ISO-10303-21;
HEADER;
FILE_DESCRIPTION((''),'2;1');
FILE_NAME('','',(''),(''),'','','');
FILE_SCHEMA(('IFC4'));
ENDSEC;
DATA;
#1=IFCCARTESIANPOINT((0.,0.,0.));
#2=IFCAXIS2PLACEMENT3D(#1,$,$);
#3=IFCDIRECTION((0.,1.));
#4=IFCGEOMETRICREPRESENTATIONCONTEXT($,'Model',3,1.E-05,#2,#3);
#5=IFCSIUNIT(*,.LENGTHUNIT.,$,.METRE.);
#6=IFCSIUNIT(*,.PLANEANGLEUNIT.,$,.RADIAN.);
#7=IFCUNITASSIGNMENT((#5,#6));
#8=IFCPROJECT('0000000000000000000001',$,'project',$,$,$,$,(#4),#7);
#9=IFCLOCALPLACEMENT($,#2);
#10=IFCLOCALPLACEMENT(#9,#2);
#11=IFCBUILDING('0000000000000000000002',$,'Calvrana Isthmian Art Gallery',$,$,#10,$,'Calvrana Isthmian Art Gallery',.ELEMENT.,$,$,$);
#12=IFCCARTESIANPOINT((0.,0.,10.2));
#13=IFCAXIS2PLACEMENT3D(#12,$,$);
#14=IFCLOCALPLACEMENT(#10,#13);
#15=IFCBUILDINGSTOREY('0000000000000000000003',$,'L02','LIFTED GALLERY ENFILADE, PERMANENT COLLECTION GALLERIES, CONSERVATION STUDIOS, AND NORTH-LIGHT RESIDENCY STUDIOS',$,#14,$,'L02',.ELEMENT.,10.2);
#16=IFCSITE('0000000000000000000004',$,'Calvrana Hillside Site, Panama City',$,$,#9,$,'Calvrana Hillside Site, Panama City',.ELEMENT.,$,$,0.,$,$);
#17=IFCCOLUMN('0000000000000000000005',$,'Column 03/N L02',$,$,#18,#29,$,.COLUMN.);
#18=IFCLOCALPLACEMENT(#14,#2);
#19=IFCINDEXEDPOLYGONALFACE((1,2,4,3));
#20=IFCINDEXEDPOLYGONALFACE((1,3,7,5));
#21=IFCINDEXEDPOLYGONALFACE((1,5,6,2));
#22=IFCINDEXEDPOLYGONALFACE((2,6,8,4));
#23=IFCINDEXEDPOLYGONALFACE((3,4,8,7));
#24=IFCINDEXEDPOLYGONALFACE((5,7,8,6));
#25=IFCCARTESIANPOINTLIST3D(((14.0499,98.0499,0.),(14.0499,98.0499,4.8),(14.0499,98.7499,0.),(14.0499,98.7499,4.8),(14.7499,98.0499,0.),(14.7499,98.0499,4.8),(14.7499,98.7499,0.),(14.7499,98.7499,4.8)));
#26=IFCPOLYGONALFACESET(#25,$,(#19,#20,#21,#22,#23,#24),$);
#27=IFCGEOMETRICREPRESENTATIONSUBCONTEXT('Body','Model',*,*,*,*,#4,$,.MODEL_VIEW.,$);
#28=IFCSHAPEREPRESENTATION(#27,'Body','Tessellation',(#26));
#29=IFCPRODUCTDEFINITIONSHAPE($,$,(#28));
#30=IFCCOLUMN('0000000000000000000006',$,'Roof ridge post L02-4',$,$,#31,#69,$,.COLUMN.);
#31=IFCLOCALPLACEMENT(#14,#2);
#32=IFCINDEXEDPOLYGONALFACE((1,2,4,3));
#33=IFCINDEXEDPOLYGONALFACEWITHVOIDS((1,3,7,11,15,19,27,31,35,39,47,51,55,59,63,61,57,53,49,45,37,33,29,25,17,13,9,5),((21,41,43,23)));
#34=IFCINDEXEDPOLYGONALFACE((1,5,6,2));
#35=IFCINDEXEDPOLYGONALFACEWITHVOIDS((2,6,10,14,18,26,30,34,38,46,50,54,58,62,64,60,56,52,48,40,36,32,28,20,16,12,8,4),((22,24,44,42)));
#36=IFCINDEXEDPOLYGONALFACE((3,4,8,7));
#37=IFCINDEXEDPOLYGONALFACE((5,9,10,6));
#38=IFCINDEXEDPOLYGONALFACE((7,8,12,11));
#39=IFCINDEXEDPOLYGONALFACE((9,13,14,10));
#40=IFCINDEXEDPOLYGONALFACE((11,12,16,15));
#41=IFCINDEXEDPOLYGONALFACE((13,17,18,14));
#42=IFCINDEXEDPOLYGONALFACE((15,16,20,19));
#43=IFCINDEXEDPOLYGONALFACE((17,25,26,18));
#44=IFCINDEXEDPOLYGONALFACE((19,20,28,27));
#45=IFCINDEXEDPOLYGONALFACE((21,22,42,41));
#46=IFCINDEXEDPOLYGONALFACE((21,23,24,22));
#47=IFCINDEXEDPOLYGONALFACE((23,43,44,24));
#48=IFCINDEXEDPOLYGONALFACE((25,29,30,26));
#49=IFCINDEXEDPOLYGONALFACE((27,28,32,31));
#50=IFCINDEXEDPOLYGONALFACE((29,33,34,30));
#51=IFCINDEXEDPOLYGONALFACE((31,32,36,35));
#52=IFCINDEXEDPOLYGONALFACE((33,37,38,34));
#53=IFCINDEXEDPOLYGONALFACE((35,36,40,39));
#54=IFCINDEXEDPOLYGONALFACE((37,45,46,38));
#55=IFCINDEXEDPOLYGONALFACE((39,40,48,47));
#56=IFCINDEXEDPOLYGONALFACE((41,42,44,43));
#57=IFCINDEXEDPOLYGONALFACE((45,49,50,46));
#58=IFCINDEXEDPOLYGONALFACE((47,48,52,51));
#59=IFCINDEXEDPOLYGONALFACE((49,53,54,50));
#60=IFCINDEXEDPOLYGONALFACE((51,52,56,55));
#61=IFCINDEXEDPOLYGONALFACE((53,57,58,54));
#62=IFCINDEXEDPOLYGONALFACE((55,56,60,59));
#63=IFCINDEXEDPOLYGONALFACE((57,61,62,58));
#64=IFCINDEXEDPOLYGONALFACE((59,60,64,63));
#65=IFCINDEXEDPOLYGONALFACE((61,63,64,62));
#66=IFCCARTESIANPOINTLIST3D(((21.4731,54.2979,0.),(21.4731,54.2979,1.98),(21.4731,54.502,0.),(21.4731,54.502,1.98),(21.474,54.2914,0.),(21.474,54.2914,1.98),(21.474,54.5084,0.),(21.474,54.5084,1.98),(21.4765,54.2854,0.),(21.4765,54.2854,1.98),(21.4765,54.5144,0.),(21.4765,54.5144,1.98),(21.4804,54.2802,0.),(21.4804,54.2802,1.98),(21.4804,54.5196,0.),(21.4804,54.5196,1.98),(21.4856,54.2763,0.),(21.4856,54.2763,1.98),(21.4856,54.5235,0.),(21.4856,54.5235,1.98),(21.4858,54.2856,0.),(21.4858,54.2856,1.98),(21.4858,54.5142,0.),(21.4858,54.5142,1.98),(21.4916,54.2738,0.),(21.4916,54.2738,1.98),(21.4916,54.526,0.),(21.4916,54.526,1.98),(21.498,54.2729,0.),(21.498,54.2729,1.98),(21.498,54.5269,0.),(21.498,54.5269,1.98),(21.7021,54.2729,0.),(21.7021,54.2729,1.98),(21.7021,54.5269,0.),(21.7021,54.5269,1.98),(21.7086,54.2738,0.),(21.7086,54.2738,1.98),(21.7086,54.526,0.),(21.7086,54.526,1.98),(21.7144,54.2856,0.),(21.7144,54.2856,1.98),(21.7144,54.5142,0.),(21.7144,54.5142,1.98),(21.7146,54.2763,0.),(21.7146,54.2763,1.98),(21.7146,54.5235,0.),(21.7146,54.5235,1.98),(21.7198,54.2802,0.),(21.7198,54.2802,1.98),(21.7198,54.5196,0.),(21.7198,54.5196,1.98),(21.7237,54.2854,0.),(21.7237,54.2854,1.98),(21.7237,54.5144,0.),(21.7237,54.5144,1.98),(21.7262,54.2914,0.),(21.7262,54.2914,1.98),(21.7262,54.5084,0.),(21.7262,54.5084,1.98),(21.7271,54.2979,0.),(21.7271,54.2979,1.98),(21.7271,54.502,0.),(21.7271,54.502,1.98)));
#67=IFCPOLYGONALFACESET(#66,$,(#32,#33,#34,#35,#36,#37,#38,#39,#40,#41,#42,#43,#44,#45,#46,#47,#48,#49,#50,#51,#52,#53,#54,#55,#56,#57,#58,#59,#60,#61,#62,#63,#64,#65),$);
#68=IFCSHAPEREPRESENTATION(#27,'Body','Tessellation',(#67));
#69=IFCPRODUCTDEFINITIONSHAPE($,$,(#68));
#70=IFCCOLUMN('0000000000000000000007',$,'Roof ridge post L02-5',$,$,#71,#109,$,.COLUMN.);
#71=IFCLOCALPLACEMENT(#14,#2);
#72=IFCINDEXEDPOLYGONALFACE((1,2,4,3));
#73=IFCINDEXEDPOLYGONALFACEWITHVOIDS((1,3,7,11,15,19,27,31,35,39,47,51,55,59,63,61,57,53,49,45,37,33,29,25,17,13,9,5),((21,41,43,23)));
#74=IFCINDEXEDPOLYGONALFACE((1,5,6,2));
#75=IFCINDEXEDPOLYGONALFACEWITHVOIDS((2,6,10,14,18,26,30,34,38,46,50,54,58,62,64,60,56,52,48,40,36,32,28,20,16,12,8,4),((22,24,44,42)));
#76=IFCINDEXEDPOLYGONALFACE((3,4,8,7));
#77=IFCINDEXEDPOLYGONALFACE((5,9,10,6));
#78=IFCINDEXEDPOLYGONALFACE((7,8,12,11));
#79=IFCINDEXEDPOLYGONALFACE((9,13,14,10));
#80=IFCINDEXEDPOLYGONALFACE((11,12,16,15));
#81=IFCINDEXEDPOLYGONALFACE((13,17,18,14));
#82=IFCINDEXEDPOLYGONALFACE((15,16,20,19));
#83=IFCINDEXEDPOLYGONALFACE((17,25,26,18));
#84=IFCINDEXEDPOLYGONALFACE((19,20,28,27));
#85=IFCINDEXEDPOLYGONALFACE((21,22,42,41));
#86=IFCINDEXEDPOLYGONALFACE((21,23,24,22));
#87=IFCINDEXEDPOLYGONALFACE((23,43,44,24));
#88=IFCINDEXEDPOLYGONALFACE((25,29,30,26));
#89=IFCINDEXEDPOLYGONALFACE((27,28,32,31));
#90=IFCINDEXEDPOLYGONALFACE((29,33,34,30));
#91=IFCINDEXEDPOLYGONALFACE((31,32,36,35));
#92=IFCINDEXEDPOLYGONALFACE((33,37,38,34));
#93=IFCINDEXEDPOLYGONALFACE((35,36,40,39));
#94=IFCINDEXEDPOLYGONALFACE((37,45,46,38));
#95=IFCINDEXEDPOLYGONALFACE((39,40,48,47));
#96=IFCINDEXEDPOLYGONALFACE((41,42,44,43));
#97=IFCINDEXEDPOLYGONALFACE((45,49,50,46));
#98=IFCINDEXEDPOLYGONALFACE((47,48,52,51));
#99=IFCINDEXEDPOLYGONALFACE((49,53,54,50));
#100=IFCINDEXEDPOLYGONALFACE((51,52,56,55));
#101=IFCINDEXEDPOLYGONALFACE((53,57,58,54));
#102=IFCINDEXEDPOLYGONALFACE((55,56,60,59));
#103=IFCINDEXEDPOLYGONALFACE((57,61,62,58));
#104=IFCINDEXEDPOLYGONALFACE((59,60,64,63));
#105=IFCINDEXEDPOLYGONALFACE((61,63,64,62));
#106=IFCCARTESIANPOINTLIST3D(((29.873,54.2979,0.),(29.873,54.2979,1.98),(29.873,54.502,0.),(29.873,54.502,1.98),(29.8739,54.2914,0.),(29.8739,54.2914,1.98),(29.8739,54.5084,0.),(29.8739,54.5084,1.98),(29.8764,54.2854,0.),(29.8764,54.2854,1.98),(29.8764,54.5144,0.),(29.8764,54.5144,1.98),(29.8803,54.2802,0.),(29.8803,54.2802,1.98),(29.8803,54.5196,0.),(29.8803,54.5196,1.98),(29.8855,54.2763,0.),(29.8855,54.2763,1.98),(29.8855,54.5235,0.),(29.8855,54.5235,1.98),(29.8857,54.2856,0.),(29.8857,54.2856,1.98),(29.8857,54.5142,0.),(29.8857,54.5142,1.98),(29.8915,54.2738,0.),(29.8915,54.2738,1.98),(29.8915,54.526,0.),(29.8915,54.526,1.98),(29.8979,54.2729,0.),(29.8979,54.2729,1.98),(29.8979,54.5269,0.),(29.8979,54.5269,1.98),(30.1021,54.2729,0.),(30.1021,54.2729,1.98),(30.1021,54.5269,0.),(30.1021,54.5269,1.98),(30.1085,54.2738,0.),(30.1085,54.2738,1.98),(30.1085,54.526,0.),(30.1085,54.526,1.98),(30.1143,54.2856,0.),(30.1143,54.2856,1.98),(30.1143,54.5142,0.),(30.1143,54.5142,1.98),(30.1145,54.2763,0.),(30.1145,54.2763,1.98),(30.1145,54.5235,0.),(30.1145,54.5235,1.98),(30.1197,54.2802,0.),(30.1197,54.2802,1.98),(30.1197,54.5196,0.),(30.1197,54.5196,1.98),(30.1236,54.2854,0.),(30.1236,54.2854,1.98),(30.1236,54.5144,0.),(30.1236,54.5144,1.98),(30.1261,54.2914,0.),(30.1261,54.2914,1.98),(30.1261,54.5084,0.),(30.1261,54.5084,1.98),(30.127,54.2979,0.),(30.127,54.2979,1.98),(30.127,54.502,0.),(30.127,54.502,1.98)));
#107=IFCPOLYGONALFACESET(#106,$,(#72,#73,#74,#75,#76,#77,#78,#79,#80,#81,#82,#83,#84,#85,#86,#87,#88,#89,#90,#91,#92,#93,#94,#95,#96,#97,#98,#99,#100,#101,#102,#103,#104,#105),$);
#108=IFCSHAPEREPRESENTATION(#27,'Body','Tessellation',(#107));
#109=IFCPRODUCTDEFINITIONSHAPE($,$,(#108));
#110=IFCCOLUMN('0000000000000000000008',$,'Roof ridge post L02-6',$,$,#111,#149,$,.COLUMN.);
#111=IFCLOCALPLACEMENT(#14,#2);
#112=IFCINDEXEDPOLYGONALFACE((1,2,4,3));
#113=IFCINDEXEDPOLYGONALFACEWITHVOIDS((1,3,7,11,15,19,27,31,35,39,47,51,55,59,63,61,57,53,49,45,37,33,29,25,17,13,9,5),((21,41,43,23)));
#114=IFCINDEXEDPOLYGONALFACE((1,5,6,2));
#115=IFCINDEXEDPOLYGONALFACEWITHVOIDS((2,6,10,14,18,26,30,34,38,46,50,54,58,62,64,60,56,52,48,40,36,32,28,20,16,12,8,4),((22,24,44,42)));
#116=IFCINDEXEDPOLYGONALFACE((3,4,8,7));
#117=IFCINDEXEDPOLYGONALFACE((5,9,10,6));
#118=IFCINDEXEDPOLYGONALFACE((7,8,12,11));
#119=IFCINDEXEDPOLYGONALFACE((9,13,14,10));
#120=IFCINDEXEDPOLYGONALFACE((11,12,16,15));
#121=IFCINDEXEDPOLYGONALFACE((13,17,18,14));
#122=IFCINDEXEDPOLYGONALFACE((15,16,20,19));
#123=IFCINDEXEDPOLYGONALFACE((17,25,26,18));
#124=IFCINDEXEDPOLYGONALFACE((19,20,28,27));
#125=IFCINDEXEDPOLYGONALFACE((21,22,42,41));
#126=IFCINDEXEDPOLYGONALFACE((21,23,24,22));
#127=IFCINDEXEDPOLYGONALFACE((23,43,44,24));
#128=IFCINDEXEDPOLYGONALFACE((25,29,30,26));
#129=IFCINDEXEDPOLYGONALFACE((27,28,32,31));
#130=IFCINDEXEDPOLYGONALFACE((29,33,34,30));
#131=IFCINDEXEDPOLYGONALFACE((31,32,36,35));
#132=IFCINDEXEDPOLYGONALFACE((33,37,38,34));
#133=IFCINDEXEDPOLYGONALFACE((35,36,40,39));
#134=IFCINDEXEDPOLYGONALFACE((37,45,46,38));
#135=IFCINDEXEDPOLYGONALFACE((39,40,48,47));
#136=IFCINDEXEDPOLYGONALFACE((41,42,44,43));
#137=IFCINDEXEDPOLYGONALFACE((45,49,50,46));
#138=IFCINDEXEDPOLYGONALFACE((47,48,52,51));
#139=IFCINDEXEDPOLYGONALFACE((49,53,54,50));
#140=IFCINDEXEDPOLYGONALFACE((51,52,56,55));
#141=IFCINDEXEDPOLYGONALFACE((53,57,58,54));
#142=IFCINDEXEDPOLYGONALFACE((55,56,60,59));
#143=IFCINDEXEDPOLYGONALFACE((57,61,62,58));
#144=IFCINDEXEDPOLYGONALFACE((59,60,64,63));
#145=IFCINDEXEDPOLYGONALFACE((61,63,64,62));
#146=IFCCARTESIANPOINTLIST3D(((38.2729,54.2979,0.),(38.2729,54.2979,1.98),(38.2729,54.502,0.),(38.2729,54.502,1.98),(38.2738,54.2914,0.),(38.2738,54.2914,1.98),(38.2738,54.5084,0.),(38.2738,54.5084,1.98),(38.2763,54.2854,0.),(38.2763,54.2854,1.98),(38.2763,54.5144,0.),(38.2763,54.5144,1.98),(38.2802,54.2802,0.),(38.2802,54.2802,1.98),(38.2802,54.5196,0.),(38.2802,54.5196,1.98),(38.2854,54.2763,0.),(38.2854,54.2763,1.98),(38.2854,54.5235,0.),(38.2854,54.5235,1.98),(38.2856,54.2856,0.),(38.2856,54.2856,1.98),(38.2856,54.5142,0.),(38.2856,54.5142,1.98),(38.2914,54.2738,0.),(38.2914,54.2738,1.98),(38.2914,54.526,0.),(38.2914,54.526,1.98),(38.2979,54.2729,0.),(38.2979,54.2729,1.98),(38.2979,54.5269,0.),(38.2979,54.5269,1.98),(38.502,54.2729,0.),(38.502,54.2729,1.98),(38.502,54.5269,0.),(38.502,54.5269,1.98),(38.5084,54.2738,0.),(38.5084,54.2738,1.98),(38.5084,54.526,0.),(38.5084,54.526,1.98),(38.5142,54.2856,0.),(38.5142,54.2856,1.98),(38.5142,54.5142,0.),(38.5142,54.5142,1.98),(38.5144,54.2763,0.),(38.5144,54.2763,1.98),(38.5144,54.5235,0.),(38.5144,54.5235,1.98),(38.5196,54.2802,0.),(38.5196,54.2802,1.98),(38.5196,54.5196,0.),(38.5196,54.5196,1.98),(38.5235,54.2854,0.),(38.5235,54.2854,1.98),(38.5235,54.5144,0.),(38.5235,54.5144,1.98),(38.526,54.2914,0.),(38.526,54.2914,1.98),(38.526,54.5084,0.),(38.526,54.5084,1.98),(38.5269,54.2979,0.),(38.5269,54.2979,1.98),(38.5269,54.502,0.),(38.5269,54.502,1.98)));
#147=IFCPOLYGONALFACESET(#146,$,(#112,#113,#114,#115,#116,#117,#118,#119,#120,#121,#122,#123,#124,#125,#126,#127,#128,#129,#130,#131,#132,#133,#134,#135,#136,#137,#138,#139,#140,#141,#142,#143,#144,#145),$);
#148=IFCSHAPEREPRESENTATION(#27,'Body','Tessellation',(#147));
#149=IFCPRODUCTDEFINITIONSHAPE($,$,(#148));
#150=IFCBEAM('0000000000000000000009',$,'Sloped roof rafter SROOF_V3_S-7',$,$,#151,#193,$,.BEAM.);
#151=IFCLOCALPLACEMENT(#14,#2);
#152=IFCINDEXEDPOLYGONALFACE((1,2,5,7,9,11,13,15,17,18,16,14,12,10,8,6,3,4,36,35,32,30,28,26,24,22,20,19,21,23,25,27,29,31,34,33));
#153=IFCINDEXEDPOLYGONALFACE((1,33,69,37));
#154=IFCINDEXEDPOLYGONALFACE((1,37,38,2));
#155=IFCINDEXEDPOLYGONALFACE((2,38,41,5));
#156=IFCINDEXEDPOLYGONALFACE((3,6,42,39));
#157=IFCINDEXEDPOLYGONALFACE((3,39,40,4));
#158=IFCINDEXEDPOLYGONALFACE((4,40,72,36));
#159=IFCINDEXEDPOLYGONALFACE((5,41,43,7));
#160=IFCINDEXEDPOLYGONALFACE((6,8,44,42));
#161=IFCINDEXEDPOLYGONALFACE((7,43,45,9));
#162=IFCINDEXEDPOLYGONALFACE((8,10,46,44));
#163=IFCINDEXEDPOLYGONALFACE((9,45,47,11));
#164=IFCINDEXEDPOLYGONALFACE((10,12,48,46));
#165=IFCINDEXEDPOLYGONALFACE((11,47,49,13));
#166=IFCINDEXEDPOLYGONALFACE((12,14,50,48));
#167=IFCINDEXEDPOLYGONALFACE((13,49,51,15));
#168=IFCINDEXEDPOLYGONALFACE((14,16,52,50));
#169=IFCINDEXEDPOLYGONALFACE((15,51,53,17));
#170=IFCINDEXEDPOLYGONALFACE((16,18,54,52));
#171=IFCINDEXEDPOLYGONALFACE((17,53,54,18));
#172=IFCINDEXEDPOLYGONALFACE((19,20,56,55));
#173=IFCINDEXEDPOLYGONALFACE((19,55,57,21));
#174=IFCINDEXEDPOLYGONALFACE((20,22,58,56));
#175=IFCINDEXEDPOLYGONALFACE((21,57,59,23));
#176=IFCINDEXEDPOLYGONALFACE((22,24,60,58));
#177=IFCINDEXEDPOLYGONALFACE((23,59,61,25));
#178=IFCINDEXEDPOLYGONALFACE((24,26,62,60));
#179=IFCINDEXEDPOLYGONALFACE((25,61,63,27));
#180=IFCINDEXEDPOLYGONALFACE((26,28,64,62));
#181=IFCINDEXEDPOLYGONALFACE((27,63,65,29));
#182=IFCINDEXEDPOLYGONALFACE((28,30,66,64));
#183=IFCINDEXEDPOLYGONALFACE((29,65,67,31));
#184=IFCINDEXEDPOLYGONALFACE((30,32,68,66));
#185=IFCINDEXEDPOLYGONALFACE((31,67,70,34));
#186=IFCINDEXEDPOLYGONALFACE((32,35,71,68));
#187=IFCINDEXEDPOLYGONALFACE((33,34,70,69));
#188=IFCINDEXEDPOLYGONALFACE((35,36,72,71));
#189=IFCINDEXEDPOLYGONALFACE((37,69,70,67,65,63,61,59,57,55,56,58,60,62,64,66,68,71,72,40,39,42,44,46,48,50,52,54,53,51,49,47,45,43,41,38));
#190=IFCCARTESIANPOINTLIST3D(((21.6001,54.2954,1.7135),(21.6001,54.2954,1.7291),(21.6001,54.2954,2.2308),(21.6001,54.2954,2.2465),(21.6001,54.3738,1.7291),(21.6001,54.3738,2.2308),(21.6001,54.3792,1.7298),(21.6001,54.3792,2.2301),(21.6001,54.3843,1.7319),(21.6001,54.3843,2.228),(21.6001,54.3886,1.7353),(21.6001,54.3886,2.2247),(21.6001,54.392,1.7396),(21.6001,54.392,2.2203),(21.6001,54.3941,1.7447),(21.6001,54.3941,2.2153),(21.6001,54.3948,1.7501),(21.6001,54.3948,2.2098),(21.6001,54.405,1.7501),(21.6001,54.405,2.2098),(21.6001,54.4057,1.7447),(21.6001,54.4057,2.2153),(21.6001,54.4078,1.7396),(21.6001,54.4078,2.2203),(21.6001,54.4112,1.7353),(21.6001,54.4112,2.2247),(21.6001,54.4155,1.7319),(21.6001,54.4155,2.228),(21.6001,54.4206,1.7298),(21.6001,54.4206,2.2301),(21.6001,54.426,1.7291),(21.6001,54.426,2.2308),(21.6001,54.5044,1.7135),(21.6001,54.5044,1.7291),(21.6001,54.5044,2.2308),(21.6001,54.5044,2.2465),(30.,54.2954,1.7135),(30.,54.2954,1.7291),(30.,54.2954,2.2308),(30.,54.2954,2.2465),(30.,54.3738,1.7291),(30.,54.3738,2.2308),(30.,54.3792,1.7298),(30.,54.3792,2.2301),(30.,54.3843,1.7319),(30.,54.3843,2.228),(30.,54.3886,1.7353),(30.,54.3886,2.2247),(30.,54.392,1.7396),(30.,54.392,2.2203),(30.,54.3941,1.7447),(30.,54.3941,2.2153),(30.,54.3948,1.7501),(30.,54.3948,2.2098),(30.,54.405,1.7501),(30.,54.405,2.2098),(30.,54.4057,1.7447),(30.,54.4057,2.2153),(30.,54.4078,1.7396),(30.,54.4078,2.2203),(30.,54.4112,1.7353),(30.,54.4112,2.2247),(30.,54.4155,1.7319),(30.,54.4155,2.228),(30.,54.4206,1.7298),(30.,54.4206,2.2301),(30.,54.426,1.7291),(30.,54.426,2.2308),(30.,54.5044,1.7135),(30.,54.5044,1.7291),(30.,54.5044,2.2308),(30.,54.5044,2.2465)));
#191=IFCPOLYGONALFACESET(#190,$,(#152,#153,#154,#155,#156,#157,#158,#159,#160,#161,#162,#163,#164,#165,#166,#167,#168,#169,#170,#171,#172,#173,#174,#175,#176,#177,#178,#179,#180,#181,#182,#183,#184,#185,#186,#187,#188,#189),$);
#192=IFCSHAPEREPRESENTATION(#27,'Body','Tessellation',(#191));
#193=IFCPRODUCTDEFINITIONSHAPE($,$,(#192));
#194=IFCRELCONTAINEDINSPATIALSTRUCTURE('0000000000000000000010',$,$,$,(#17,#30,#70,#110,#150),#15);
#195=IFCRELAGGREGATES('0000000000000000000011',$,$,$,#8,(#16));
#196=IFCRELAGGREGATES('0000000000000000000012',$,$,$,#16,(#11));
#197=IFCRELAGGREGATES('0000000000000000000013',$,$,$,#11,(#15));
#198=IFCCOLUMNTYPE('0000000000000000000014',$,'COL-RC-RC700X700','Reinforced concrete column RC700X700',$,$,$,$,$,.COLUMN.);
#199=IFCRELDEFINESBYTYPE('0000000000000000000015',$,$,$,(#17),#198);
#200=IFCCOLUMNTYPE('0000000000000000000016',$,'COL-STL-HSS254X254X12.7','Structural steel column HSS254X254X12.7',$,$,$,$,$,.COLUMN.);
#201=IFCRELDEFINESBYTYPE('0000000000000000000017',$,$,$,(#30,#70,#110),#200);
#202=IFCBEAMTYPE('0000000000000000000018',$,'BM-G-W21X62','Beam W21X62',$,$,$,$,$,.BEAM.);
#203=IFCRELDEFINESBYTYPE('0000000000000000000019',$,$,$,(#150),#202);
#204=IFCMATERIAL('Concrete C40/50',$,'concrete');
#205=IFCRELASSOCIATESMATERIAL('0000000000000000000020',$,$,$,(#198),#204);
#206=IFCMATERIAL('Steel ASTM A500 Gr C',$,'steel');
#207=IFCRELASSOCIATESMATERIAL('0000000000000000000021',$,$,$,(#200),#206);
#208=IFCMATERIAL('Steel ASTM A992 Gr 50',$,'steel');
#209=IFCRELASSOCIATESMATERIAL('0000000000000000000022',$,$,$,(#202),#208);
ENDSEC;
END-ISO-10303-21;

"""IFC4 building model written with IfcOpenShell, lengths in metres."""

from ifc_helpers import new_model, si_unit, direction, frame, origin, origin_2d, place, context, subcontext, project, spatial, rectangle, hollow_rectangle, i_section, extrude, material, material_profile, profile_set, type_object, element, save


model = new_model("IFC4")

# Units and contexts
model_context = context("Model", 3, precision=1e-05, world=origin(), true_north=direction((0.0, 1.0)))
body_context = subcontext(model_context, "Body", "Model", "MODEL_VIEW")
ifc_project = project(units=[si_unit("LENGTHUNIT", "METRE"), si_unit("PLANEANGLEUNIT", "RADIAN")], contexts=[model_context])

# Site, building, storey
site_placement = place(None, origin())
site = spatial("IfcSite", under=ifc_project, at=site_placement, Name="Calvrana Hillside Site, Panama City", LongName="Calvrana Hillside Site, Panama City", CompositionType="ELEMENT", RefElevation=0.0)
building_placement = place(site_placement, origin())
building = spatial("IfcBuilding", under=site, at=building_placement, Name="Calvrana Isthmian Art Gallery", LongName="Calvrana Isthmian Art Gallery", CompositionType="ELEMENT")
storey_placement = place(building_placement, frame((0.0, 0.0, 10.2)))
storey = spatial("IfcBuildingStorey", under=building, at=storey_placement, Name="L02", Description="LIFTED GALLERY ENFILADE, PERMANENT COLLECTION GALLERIES, CONSERVATION STUDIOS, AND NORTH-LIGHT RESIDENCY STUDIOS", LongName="L02", CompositionType="ELEMENT", Elevation=10.2)

# Columns
ifc_material_1 = material(Name="Concrete C40/50", Category="concrete")
ifc_material_profile_1 = material_profile(ifc_material_1, rectangle(XDim=0.7, YDim=0.7, at=origin_2d()), Name="RC700X700")
ifc_profile_set_1 = profile_set([ifc_material_profile_1], Name="Concrete C40/50")
column_type_1 = type_object("IfcColumnType", Name="COL-RC-RC700X700", Description="Reinforced concrete column RC700X700", PredefinedType="COLUMN", material=ifc_profile_set_1)
column_placement = place(storey_placement, frame((14.3999, 98.3999, 0.0), z_axis=(0.0, 0.0, 1.0), x_axis=(1.0, 0.0, 0.0)))
element("IfcColumn", 1, at=column_placement, inside=storey, type_object=column_type_1, Name="Column 03/N L02", PredefinedType="COLUMN", context=body_context, shape_type="SweptSolid", body=[
    extrude(rectangle(XDim=0.7, YDim=0.7, at=origin_2d()), origin(), (0.0, 0.0, 1.0), 4.8),
])
ifc_material_2 = material(Name="Steel ASTM A500 Gr C", Category="steel")
ifc_material_profile_2 = material_profile(ifc_material_2, hollow_rectangle(XDim=0.2539, YDim=0.2539, WallThickness=0.0127, OuterFilletRadius=0.0249, at=origin_2d()), Name="HSS254X254X12.7")
ifc_profile_set_2 = profile_set([ifc_material_profile_2], Name="Steel ASTM A500 Gr C")
column_type_2 = type_object("IfcColumnType", Name="COL-STL-HSS254X254X12.7", Description="Structural steel column HSS254X254X12.7", PredefinedType="COLUMN", material=ifc_profile_set_2)
for number, where, z_axis, x_axis, name in (
    (2, (21.6001, 54.3999, 0.0), (0.0, 0.0, 1.0), (1.0, 0.0, 0.0), "Roof ridge post L02-4"),
    (3, (30.0, 54.3999, 0.0), (0.0, 0.0, 1.0), (1.0, 0.0, 0.0), "Roof ridge post L02-5"),
    (4, (38.3999, 54.3999, 0.0), (0.0, 0.0, 1.0), (1.0, 0.0, 0.0), "Roof ridge post L02-6"),
):
    element("IfcColumn", number, at=place(storey_placement, frame(where, z_axis=z_axis, x_axis=x_axis)), inside=storey, type_object=column_type_2, Name=name, PredefinedType="COLUMN", context=body_context, shape_type="SweptSolid", body=[
        extrude(hollow_rectangle(XDim=0.2539, YDim=0.2539, WallThickness=0.0127, OuterFilletRadius=0.0249, at=origin_2d()), origin(), (0.0, 0.0, 1.0), 1.98),
    ])

# Beam
ifc_material_3 = material(Name="Steel ASTM A992 Gr 50", Category="steel")
ifc_material_profile_3 = material_profile(ifc_material_3, i_section(OverallWidth=0.209, OverallDepth=0.533, WebThickness=0.0103, FlangeThickness=0.0156, FilletRadius=0.021, at=origin_2d()), Name="W21X62")
ifc_profile_set_3 = profile_set([ifc_material_profile_3], Name="Steel ASTM A992 Gr 50")
beam_type_1 = type_object("IfcBeamType", Name="BM-G-W21X62", Description="Beam W21X62", PredefinedType="BEAM", material=ifc_profile_set_3)
for number, where, z_axis, x_axis, name in (
    (5, (21.6001, 54.3999, 1.98), (1.0, 0.0, 0.0), (0.0, 1.0, 0.0), "Sloped roof rafter SROOF_V3_S-7"),
):
    element("IfcBeam", number, at=place(storey_placement, frame(where, z_axis=z_axis, x_axis=x_axis)), inside=storey, type_object=beam_type_1, Name=name, PredefinedType="BEAM", context=body_context, shape_type="SweptSolid", body=[
        extrude(i_section(OverallWidth=0.209, OverallDepth=0.533, WebThickness=0.0103, FlangeThickness=0.0156, FilletRadius=0.021, at=origin_2d()), origin(), (0.0, 0.0, 1.0), 8.3999),
    ])

save(model, "model.ifc")
